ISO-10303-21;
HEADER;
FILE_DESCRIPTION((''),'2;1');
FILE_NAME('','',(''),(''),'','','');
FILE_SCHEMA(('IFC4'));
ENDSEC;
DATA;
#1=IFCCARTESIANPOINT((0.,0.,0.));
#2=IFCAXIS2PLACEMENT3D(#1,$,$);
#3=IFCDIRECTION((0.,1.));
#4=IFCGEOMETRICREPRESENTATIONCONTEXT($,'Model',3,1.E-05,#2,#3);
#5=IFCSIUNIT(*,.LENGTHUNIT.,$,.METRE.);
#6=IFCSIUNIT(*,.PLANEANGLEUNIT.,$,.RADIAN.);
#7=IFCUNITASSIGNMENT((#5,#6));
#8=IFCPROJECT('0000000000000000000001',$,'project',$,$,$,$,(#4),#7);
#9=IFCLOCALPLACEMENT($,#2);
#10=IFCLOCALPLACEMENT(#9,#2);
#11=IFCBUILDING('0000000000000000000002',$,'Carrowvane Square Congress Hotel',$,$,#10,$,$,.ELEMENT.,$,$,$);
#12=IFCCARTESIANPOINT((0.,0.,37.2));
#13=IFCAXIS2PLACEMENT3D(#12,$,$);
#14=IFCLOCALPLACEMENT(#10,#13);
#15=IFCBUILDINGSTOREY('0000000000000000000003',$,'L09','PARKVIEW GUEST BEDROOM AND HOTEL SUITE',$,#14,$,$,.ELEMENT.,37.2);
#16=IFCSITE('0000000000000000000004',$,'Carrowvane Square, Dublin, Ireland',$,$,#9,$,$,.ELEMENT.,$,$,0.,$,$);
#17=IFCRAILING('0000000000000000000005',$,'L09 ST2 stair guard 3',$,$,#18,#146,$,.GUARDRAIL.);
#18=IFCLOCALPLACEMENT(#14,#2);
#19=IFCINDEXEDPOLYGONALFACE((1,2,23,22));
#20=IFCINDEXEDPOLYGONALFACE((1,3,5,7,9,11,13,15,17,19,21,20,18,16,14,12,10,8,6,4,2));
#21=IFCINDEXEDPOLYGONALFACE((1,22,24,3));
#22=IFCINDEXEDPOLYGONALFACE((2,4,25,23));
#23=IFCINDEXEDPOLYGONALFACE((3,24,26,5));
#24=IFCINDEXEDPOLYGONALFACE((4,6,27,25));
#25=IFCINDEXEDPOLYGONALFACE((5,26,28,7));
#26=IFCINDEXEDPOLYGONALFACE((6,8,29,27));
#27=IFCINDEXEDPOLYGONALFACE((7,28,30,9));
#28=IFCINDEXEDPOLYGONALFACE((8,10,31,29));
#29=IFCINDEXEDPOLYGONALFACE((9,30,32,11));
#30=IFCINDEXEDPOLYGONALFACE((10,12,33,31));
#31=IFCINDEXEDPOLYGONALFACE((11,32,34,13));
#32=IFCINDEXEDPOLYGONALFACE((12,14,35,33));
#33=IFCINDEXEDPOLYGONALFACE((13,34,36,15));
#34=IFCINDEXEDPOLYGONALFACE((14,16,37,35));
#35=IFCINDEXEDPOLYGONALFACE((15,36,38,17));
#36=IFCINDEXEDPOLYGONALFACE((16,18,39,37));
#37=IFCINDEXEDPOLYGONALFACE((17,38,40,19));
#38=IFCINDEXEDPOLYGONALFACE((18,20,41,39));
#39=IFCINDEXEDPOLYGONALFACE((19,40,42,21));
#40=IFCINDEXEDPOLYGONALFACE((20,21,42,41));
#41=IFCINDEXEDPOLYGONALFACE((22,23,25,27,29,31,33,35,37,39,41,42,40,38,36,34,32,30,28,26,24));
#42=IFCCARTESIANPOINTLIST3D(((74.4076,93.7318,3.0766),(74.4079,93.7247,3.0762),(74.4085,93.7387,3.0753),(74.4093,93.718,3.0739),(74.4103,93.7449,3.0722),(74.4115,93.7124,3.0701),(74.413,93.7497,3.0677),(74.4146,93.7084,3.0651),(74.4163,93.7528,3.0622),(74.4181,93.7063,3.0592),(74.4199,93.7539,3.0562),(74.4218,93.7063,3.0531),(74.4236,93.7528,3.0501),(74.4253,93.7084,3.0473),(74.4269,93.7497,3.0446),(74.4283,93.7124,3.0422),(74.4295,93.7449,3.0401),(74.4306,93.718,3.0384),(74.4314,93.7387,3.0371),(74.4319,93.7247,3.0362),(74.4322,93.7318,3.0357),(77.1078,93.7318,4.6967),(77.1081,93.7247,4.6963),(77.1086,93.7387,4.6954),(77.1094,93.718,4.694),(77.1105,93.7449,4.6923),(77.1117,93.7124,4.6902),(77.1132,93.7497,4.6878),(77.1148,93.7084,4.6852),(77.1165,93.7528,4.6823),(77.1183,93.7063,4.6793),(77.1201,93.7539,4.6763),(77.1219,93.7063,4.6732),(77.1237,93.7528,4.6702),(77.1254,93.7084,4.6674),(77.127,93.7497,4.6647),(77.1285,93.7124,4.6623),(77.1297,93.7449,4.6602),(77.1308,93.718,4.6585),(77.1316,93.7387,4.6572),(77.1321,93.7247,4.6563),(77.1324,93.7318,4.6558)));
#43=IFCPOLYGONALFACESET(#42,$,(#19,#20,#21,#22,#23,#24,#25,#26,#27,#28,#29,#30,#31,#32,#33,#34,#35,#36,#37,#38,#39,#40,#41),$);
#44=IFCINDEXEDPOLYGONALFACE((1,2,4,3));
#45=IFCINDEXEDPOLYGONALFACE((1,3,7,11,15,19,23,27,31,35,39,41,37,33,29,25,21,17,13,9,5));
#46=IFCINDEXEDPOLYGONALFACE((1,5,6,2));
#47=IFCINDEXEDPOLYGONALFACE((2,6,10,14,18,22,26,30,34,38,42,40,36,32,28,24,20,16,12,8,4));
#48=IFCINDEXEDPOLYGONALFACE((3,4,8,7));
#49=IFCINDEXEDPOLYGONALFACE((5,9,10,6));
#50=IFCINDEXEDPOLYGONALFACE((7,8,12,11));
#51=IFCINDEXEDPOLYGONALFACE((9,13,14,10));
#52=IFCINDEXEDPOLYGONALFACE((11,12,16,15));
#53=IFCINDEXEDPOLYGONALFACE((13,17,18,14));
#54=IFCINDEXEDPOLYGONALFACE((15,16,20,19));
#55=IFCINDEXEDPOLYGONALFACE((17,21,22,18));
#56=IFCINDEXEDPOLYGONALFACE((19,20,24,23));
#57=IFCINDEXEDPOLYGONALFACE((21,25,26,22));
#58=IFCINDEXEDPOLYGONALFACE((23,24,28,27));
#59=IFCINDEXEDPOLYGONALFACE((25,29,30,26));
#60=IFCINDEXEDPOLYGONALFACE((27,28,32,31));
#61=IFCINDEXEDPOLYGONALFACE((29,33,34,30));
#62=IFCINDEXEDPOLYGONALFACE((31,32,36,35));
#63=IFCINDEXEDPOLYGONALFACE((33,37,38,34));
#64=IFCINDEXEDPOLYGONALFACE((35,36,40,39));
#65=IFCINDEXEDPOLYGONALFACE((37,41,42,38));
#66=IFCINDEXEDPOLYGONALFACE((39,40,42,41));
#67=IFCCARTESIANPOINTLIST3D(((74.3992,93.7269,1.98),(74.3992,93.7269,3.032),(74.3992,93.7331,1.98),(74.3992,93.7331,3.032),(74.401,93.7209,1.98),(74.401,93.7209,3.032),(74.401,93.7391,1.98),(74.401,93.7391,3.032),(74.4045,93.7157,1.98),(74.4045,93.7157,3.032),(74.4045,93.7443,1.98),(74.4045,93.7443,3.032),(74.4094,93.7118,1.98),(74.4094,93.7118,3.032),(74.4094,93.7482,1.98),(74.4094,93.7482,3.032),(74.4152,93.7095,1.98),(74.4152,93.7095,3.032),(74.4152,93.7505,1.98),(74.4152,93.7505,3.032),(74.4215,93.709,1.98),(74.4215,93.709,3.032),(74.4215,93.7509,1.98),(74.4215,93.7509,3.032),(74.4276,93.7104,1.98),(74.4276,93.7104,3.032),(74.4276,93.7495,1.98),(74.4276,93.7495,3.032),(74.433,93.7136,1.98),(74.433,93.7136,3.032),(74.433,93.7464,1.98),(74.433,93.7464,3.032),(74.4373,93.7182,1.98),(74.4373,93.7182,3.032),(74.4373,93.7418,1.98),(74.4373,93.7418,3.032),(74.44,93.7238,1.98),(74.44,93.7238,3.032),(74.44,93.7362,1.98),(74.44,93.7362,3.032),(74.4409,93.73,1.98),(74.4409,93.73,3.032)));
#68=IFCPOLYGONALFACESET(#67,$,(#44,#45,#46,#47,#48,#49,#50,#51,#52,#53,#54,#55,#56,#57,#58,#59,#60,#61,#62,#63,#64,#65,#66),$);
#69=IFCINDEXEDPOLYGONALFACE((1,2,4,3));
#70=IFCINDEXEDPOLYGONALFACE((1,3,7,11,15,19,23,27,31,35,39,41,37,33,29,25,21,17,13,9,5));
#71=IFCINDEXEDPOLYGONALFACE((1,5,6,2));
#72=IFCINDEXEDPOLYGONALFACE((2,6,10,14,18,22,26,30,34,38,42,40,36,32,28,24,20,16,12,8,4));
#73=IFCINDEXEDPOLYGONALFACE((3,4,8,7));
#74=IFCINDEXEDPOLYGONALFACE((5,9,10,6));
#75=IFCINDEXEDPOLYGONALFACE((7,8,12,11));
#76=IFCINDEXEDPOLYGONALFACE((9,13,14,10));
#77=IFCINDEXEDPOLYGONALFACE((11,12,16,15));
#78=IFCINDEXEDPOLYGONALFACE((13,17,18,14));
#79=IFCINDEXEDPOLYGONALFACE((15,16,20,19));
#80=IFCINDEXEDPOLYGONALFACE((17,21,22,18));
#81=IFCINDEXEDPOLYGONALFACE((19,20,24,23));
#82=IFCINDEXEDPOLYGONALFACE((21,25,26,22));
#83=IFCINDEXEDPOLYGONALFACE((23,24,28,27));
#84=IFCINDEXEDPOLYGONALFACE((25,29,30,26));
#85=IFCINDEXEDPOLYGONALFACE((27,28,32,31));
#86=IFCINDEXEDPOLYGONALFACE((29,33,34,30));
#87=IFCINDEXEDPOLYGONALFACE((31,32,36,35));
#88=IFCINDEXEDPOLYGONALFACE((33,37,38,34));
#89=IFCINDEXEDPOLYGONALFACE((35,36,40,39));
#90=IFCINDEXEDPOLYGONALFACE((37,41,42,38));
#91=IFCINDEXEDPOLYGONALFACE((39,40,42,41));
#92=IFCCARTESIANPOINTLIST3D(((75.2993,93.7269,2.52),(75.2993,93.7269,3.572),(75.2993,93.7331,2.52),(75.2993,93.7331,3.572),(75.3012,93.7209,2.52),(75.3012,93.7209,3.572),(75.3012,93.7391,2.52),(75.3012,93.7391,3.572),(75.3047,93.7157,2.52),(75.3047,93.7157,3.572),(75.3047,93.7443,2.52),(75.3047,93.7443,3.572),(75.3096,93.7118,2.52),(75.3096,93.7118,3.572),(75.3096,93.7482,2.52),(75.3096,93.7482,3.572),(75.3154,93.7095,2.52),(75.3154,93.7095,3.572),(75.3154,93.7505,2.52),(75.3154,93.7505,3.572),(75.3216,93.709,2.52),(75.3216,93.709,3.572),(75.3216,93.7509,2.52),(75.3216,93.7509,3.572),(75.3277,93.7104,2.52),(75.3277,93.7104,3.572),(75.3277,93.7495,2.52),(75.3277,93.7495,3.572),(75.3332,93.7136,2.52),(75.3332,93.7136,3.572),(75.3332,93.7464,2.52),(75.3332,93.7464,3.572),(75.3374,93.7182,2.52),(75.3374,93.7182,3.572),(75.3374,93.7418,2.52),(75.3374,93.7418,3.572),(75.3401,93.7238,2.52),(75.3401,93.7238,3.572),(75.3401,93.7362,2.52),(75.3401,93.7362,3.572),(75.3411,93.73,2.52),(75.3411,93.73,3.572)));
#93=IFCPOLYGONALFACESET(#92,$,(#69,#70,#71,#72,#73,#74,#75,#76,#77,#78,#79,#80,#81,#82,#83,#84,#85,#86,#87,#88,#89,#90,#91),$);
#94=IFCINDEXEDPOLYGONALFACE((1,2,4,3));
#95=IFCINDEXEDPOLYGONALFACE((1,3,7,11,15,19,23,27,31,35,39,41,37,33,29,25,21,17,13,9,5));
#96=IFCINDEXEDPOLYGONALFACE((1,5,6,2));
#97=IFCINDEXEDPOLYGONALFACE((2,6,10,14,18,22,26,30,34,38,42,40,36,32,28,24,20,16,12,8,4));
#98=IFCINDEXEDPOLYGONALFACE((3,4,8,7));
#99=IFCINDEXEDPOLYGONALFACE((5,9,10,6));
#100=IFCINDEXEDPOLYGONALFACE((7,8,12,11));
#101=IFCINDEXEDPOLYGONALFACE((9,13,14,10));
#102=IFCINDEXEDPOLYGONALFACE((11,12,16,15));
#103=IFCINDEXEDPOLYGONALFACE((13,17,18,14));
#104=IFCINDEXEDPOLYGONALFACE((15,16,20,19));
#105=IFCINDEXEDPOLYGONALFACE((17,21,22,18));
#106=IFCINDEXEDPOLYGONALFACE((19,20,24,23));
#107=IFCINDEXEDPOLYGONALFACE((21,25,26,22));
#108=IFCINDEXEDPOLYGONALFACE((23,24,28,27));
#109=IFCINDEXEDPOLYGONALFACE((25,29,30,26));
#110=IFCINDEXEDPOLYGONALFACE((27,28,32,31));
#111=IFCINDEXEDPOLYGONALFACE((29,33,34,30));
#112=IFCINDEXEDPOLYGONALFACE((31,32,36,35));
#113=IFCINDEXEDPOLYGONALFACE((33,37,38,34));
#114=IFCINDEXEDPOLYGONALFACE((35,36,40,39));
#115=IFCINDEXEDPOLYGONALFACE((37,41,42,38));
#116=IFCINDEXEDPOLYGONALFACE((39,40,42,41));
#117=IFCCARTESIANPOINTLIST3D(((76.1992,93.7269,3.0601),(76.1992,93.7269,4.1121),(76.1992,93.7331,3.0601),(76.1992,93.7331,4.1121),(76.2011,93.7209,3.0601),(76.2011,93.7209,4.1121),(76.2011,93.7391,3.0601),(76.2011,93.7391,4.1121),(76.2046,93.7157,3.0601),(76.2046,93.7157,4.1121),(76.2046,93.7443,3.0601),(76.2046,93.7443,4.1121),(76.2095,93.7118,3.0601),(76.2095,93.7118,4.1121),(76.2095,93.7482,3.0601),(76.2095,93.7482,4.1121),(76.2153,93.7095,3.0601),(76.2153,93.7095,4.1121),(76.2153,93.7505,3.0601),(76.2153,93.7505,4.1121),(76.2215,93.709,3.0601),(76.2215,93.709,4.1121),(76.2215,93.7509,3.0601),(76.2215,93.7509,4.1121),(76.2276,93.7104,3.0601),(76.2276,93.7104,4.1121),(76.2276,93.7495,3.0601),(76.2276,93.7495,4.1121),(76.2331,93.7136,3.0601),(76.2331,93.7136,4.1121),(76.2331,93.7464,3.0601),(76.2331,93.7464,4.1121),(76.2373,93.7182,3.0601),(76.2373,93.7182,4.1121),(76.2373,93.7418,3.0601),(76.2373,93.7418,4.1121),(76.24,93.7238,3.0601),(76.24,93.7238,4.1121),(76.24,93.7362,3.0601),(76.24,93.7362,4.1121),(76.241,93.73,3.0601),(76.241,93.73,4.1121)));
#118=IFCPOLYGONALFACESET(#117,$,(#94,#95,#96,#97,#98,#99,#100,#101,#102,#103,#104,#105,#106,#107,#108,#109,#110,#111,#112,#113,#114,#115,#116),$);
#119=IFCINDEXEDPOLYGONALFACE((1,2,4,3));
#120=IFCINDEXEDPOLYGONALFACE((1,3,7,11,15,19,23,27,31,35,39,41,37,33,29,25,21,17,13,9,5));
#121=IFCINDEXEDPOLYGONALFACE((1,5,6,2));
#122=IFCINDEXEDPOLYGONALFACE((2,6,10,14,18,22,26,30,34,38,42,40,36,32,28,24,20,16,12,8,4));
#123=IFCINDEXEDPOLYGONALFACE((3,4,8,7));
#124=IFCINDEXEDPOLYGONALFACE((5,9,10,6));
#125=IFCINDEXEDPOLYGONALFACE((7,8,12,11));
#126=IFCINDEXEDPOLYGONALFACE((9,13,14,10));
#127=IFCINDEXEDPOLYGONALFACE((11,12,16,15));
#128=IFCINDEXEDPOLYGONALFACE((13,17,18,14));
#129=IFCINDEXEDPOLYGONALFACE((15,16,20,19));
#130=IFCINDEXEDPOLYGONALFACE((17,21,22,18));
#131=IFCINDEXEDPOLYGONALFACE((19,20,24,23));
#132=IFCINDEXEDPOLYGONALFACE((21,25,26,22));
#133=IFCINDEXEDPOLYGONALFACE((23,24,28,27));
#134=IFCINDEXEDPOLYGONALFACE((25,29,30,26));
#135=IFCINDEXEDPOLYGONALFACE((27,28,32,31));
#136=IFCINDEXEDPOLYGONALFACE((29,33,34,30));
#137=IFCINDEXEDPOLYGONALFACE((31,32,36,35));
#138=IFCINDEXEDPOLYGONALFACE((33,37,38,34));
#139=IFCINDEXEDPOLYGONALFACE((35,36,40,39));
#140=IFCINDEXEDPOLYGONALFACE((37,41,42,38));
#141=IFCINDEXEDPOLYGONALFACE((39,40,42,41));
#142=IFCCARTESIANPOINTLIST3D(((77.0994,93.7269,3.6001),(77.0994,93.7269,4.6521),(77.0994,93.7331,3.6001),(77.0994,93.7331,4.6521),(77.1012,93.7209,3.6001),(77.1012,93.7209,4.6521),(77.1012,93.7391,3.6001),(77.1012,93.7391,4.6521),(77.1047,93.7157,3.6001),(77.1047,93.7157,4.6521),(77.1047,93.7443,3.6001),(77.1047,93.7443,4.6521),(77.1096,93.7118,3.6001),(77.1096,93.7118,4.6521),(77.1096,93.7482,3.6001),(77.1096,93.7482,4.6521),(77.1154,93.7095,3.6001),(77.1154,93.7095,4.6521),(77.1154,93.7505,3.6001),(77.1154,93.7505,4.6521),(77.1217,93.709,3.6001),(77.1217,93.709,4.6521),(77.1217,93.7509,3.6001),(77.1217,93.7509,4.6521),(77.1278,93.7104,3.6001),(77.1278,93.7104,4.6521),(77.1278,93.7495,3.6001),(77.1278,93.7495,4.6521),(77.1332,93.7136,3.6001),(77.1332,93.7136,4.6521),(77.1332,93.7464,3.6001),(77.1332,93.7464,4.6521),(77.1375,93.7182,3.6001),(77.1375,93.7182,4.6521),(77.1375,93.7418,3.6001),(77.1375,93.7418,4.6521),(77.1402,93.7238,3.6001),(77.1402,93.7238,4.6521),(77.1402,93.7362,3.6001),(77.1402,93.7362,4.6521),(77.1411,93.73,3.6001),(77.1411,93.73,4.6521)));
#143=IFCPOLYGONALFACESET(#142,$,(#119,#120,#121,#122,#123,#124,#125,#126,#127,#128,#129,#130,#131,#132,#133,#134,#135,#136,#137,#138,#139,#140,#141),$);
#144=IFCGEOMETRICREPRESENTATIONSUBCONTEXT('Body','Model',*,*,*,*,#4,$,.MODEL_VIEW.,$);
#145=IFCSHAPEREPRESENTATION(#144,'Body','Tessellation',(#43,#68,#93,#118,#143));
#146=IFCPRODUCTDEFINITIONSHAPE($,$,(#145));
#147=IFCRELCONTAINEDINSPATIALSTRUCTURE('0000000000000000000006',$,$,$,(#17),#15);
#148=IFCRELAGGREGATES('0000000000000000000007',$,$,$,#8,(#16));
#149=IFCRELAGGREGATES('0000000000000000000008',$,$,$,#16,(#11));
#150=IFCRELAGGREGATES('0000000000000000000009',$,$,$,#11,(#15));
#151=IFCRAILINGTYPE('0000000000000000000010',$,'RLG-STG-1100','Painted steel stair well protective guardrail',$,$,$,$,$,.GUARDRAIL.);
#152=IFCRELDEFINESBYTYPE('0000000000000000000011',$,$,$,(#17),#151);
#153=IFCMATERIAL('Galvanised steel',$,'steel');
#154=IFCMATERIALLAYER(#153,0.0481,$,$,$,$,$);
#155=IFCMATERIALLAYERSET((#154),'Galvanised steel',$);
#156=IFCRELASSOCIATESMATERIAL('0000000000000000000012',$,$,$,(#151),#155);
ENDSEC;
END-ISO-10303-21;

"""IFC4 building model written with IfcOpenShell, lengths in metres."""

from ifc_helpers import new_model, si_unit, direction, frame, origin, origin_2d, place, context, subcontext, project, spatial, circle, extrude, material, layer, layer_set, type_object, element, save


model = new_model("IFC4")

# Units and contexts
model_context = context("Model", 3, precision=1e-05, world=origin(), true_north=direction((0.0, 1.0)))
body_context = subcontext(model_context, "Body", "Model", "MODEL_VIEW")
ifc_project = project(units=[si_unit("LENGTHUNIT", "METRE"), si_unit("PLANEANGLEUNIT", "RADIAN")], contexts=[model_context])

# Site, building, storey
site_placement = place(None, origin())
site = spatial("IfcSite", under=ifc_project, at=site_placement, Name="Carrowvane Square, Dublin, Ireland", CompositionType="ELEMENT", RefElevation=0.0)
building_placement = place(site_placement, origin())
building = spatial("IfcBuilding", under=site, at=building_placement, Name="Carrowvane Square Congress Hotel", CompositionType="ELEMENT")
storey_placement = place(building_placement, frame((0.0, 0.0, 37.2)))
storey = spatial("IfcBuildingStorey", under=building, at=storey_placement, Name="L09", Description="PARKVIEW GUEST BEDROOM AND HOTEL SUITE", CompositionType="ELEMENT", Elevation=37.2)

# Railing
ifc_material_1 = material(Name="Galvanised steel", Category="steel")
ifc_layer_1 = layer(ifc_material_1, 0.0481)
ifc_layer_set_1 = layer_set([ifc_layer_1], Name="Galvanised steel")
railing_type_1 = type_object("IfcRailingType", Name="RLG-STG-1100", Description="Painted steel stair well protective guardrail", PredefinedType="GUARDRAIL", material=ifc_layer_set_1)
railing_1_placement = place(storey_placement, frame((74.4199, 93.73, 1.98)))
element("IfcRailing", 1, at=railing_1_placement, inside=storey, type_object=railing_type_1, Name="L09 ST2 stair guard 3", PredefinedType="GUARDRAIL", context=body_context, shape_type="SweptSolid", body=[
    extrude(circle(Radius=0.0239, at=origin_2d()), frame((0.0, 0.0, 1.0762), z_axis=(0.857493, 0.0, 0.514496), x_axis=(0.0, 1.0, 0.0)), (0.0, 0.0, 1.0), 3.1489),
    extrude(circle(Radius=0.021, at=origin_2d()), origin(), (0.0, 0.0, 1.0), 1.052),
    extrude(circle(Radius=0.021, at=origin_2d()), frame((0.9001, 0.0, 0.54)), (0.0, 0.0, 1.0), 1.052),
    extrude(circle(Radius=0.021, at=origin_2d()), frame((1.8, 0.0, 1.0801)), (0.0, 0.0, 1.0), 1.052),
    extrude(circle(Radius=0.021, at=origin_2d()), frame((2.7002, 0.0, 1.6201)), (0.0, 0.0, 1.0), 1.052),
])

save(model, "model.ifc")
